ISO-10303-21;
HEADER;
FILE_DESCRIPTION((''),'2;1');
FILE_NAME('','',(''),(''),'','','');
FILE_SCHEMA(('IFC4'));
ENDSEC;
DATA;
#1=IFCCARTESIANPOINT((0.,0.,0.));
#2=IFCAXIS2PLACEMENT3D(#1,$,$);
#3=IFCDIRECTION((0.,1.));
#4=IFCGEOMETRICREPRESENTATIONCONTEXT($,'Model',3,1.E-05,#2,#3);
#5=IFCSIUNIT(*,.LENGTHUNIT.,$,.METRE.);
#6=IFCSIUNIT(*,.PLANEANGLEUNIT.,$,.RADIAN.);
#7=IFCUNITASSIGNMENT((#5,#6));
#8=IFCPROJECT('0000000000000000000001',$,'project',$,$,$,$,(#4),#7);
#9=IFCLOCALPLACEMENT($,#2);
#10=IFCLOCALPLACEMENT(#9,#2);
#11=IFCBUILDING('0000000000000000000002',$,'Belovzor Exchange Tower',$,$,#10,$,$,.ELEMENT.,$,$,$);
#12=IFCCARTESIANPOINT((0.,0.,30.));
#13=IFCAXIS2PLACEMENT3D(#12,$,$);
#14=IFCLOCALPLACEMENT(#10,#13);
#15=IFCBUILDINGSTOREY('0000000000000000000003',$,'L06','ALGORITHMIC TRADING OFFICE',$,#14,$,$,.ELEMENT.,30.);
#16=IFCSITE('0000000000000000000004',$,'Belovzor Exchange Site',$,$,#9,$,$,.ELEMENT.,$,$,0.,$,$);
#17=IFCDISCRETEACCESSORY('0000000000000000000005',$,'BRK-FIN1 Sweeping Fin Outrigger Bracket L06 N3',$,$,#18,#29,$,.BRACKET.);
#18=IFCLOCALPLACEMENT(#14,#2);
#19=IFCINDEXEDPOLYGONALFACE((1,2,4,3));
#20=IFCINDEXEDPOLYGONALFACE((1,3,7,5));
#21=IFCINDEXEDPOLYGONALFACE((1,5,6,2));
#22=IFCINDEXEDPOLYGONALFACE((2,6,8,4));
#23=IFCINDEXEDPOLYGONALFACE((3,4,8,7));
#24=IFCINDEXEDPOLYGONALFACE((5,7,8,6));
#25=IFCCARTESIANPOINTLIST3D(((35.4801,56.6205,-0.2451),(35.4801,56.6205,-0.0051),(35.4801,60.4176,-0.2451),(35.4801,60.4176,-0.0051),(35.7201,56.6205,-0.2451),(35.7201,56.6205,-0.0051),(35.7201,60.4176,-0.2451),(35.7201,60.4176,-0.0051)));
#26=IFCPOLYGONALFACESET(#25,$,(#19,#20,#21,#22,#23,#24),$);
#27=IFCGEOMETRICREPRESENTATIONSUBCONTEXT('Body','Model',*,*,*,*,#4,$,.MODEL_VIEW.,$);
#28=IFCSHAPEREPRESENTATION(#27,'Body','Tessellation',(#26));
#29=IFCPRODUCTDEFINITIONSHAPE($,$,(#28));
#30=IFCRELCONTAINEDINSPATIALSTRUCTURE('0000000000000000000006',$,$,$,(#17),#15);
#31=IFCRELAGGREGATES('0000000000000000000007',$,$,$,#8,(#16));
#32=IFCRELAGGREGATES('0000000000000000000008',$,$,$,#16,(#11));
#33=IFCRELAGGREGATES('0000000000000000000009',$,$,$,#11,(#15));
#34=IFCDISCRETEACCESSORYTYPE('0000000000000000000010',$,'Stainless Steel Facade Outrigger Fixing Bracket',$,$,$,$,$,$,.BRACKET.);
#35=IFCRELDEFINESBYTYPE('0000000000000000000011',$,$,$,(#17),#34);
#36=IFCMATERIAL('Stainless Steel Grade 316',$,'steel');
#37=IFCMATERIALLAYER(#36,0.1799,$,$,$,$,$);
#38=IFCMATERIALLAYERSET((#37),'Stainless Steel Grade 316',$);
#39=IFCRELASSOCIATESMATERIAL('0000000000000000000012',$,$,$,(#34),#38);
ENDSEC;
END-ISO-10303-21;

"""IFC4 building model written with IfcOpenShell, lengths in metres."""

from ifc_helpers import new_model, si_unit, direction, frame, origin, origin_2d, place, context, subcontext, project, spatial, rectangle, extrude, material, layer, layer_set, type_object, element, save


model = new_model("IFC4")

# Units and contexts
model_context = context("Model", 3, precision=1e-05, world=origin(), true_north=direction((0.0, 1.0)))
body_context = subcontext(model_context, "Body", "Model", "MODEL_VIEW")
ifc_project = project(units=[si_unit("LENGTHUNIT", "METRE"), si_unit("PLANEANGLEUNIT", "RADIAN")], contexts=[model_context])

# Site, building, storey
site_placement = place(None, origin())
site = spatial("IfcSite", under=ifc_project, at=site_placement, Name="Belovzor Exchange Site", CompositionType="ELEMENT", RefElevation=0.0)
building_placement = place(site_placement, origin())
building = spatial("IfcBuilding", under=site, at=building_placement, Name="Belovzor Exchange Tower", CompositionType="ELEMENT")
storey_placement = place(building_placement, frame((0.0, 0.0, 30.0)))
storey = spatial("IfcBuildingStorey", under=building, at=storey_placement, Name="L06", Description="ALGORITHMIC TRADING OFFICE", CompositionType="ELEMENT", Elevation=30.0)

# Discrete accessory
ifc_material_1 = material(Name="Stainless Steel Grade 316", Category="steel")
ifc_layer_1 = layer(ifc_material_1, 0.1799)
ifc_layer_set_1 = layer_set([ifc_layer_1], Name="Stainless Steel Grade 316")
discrete_accessory_type = type_object("IfcDiscreteAccessoryType", Name="Stainless Steel Facade Outrigger Fixing Bracket", PredefinedType="BRACKET", material=ifc_layer_set_1)
discrete_accessory_placement = place(storey_placement, frame((35.6001, 58.519, -0.2451), z_axis=(0.0, 0.0, 1.0), x_axis=(0.0, 1.0, 0.0)))
element("IfcDiscreteAccessory", 1, at=discrete_accessory_placement, inside=storey, type_object=discrete_accessory_type, Name="BRK-FIN1 Sweeping Fin Outrigger Bracket L06 N3", PredefinedType="BRACKET", context=body_context, shape_type="SweptSolid", body=[
    extrude(rectangle(XDim=3.7971, YDim=0.24, at=origin_2d()), origin(), (0.0, 0.0, 1.0), 0.24),
])

save(model, "model.ifc")
